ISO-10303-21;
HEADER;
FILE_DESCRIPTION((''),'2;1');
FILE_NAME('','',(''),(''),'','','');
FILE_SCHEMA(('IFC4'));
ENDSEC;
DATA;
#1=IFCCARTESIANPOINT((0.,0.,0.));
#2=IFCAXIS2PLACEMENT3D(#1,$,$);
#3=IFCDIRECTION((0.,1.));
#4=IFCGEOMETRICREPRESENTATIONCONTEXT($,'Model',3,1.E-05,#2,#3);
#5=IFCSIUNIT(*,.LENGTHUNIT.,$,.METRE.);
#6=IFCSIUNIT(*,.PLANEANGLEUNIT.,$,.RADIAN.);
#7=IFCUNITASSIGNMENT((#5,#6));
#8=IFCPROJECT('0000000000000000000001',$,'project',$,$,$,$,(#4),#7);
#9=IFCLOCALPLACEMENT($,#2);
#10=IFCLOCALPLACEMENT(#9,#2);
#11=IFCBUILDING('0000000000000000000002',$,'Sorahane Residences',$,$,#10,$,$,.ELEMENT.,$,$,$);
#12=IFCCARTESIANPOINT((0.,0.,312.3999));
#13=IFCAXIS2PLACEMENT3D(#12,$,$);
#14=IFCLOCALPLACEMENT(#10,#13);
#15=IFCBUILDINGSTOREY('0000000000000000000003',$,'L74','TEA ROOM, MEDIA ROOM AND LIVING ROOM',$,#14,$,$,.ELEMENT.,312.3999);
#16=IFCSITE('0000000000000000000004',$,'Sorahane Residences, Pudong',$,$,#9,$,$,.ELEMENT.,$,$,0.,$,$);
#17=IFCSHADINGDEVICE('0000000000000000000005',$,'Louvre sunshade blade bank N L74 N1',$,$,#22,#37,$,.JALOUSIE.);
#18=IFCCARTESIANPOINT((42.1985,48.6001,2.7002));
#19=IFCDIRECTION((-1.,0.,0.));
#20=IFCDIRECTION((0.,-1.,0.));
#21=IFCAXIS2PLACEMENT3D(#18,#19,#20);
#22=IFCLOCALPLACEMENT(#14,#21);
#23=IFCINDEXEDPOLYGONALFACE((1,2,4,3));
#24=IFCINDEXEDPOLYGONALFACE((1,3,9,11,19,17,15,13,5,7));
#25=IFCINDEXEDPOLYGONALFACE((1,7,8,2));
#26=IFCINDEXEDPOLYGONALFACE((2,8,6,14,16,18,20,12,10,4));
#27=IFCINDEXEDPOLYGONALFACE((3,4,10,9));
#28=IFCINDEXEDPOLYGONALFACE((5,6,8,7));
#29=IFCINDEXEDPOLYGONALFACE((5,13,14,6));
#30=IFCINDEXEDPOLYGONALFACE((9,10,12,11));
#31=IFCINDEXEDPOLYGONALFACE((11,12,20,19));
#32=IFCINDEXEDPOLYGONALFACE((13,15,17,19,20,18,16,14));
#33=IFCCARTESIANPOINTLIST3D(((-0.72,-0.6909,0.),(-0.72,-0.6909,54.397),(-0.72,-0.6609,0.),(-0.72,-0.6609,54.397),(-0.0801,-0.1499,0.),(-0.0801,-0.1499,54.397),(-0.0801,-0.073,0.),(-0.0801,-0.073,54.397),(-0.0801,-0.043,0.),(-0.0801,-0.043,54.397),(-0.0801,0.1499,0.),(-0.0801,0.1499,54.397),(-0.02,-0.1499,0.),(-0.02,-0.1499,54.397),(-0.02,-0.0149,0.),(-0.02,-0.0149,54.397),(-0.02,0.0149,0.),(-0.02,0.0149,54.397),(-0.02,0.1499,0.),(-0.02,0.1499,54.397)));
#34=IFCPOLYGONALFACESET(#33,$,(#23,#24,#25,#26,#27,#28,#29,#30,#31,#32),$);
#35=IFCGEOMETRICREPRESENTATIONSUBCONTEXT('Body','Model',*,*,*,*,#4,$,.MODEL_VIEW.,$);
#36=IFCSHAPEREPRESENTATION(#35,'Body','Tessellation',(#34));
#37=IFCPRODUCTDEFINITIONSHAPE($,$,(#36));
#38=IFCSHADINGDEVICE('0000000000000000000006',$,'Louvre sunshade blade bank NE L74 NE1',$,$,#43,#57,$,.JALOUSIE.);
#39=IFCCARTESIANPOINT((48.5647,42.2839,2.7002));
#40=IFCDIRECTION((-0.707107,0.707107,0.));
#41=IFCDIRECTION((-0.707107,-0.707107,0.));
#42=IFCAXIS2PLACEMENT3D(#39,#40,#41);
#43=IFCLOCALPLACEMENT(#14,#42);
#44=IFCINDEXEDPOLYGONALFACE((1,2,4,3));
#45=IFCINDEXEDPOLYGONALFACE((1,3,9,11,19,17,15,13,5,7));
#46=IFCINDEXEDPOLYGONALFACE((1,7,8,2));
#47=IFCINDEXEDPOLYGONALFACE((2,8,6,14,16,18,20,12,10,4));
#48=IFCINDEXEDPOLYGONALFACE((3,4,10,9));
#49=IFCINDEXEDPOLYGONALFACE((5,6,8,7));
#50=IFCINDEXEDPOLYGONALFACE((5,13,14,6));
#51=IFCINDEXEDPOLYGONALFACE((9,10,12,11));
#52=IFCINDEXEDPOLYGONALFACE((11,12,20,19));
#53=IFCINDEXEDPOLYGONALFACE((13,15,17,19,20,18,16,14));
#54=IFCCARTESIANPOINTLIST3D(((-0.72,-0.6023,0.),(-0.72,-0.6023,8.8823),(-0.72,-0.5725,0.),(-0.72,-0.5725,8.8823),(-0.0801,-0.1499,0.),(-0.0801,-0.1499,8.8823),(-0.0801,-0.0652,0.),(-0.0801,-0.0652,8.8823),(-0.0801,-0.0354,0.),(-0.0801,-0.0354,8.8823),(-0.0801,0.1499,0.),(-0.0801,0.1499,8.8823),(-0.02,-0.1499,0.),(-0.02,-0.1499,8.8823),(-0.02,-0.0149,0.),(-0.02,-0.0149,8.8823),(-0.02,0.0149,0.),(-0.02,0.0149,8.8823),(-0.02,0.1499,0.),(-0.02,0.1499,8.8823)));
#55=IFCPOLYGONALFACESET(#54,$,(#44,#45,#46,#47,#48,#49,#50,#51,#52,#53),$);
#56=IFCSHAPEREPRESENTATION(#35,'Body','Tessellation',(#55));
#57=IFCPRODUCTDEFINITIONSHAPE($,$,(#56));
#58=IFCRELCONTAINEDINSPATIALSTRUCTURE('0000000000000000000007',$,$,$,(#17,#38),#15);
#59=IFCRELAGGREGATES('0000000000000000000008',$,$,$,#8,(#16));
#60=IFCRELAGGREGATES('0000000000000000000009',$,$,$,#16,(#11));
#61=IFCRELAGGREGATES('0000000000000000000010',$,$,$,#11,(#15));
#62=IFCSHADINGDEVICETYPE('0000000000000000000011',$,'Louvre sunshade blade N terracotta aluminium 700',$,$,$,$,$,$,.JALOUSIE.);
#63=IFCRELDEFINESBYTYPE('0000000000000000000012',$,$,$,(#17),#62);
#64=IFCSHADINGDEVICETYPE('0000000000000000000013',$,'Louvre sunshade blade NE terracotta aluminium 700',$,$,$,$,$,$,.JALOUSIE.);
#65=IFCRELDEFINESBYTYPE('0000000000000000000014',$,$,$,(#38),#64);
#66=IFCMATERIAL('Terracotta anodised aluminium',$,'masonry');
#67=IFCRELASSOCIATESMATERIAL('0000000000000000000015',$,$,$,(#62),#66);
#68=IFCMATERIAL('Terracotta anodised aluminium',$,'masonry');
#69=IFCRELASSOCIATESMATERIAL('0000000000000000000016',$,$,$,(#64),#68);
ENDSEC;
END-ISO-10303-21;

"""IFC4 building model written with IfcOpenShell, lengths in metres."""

from ifc_helpers import new_model, si_unit, direction, frame, origin, place, context, subcontext, project, spatial, polyline, outline, extrude, material, type_object, element, save


model = new_model("IFC4")

# Units and contexts
model_context = context("Model", 3, precision=1e-05, world=origin(), true_north=direction((0.0, 1.0)))
body_context = subcontext(model_context, "Body", "Model", "MODEL_VIEW")
ifc_project = project(units=[si_unit("LENGTHUNIT", "METRE"), si_unit("PLANEANGLEUNIT", "RADIAN")], contexts=[model_context])

# Site, building, storey
site_placement = place(None, origin())
site = spatial("IfcSite", under=ifc_project, at=site_placement, Name="Sorahane Residences, Pudong", CompositionType="ELEMENT", RefElevation=0.0)
building_placement = place(site_placement, origin())
building = spatial("IfcBuilding", under=site, at=building_placement, Name="Sorahane Residences", CompositionType="ELEMENT")
storey_placement = place(building_placement, frame((0.0, 0.0, 312.3999)))
storey = spatial("IfcBuildingStorey", under=building, at=storey_placement, Name="L74", Description="TEA ROOM, MEDIA ROOM AND LIVING ROOM", CompositionType="ELEMENT", Elevation=312.3999)

# Shading devices
ifc_material_1 = material(Name="Terracotta anodised aluminium", Category="masonry")
shading_device_type_1 = type_object("IfcShadingDeviceType", Name="Louvre sunshade blade N terracotta aluminium 700", PredefinedType="JALOUSIE", material=ifc_material_1)
shading_device_1_placement = place(storey_placement, frame((42.1985, 48.6001, 2.7002), z_axis=(-1.0, 0.0, 0.0), x_axis=(0.0, -1.0, 0.0)))
element("IfcShadingDevice", 1, at=shading_device_1_placement, inside=storey, type_object=shading_device_type_1, Name="Louvre sunshade blade bank N L74 N1", PredefinedType="JALOUSIE", context=body_context, shape_type="SweptSolid", body=[
    extrude(outline(polyline([(-0.72, -0.6609), (-0.72, -0.6909), (-0.0801, -0.073), (-0.0801, -0.1499), (-0.02, -0.1499), (-0.02, -0.0149), (-0.02, 0.0149), (-0.02, 0.1499), (-0.0801, 0.1499), (-0.0801, -0.043), (-0.72, -0.6609)])), origin(), (0.0, 0.0, 1.0), 54.397),
])
ifc_material_2 = material(Name="Terracotta anodised aluminium", Category="masonry")
shading_device_type_2 = type_object("IfcShadingDeviceType", Name="Louvre sunshade blade NE terracotta aluminium 700", PredefinedType="JALOUSIE", material=ifc_material_2)
shading_device_2_placement = place(storey_placement, frame((48.5647, 42.2839, 2.7002), z_axis=(-0.707107, 0.707107, 0.0), x_axis=(-0.707107, -0.707107, 0.0)))
element("IfcShadingDevice", 2, at=shading_device_2_placement, inside=storey, type_object=shading_device_type_2, Name="Louvre sunshade blade bank NE L74 NE1", PredefinedType="JALOUSIE", context=body_context, shape_type="SweptSolid", body=[
    extrude(outline(polyline([(-0.72, -0.5725), (-0.72, -0.6023), (-0.0801, -0.0652), (-0.0801, -0.1499), (-0.02, -0.1499), (-0.02, -0.0149), (-0.02, 0.0149), (-0.02, 0.1499), (-0.0801, 0.1499), (-0.0801, -0.0354), (-0.72, -0.5725)])), origin(), (0.0, 0.0, 1.0), 8.8823),
])

save(model, "model.ifc")
